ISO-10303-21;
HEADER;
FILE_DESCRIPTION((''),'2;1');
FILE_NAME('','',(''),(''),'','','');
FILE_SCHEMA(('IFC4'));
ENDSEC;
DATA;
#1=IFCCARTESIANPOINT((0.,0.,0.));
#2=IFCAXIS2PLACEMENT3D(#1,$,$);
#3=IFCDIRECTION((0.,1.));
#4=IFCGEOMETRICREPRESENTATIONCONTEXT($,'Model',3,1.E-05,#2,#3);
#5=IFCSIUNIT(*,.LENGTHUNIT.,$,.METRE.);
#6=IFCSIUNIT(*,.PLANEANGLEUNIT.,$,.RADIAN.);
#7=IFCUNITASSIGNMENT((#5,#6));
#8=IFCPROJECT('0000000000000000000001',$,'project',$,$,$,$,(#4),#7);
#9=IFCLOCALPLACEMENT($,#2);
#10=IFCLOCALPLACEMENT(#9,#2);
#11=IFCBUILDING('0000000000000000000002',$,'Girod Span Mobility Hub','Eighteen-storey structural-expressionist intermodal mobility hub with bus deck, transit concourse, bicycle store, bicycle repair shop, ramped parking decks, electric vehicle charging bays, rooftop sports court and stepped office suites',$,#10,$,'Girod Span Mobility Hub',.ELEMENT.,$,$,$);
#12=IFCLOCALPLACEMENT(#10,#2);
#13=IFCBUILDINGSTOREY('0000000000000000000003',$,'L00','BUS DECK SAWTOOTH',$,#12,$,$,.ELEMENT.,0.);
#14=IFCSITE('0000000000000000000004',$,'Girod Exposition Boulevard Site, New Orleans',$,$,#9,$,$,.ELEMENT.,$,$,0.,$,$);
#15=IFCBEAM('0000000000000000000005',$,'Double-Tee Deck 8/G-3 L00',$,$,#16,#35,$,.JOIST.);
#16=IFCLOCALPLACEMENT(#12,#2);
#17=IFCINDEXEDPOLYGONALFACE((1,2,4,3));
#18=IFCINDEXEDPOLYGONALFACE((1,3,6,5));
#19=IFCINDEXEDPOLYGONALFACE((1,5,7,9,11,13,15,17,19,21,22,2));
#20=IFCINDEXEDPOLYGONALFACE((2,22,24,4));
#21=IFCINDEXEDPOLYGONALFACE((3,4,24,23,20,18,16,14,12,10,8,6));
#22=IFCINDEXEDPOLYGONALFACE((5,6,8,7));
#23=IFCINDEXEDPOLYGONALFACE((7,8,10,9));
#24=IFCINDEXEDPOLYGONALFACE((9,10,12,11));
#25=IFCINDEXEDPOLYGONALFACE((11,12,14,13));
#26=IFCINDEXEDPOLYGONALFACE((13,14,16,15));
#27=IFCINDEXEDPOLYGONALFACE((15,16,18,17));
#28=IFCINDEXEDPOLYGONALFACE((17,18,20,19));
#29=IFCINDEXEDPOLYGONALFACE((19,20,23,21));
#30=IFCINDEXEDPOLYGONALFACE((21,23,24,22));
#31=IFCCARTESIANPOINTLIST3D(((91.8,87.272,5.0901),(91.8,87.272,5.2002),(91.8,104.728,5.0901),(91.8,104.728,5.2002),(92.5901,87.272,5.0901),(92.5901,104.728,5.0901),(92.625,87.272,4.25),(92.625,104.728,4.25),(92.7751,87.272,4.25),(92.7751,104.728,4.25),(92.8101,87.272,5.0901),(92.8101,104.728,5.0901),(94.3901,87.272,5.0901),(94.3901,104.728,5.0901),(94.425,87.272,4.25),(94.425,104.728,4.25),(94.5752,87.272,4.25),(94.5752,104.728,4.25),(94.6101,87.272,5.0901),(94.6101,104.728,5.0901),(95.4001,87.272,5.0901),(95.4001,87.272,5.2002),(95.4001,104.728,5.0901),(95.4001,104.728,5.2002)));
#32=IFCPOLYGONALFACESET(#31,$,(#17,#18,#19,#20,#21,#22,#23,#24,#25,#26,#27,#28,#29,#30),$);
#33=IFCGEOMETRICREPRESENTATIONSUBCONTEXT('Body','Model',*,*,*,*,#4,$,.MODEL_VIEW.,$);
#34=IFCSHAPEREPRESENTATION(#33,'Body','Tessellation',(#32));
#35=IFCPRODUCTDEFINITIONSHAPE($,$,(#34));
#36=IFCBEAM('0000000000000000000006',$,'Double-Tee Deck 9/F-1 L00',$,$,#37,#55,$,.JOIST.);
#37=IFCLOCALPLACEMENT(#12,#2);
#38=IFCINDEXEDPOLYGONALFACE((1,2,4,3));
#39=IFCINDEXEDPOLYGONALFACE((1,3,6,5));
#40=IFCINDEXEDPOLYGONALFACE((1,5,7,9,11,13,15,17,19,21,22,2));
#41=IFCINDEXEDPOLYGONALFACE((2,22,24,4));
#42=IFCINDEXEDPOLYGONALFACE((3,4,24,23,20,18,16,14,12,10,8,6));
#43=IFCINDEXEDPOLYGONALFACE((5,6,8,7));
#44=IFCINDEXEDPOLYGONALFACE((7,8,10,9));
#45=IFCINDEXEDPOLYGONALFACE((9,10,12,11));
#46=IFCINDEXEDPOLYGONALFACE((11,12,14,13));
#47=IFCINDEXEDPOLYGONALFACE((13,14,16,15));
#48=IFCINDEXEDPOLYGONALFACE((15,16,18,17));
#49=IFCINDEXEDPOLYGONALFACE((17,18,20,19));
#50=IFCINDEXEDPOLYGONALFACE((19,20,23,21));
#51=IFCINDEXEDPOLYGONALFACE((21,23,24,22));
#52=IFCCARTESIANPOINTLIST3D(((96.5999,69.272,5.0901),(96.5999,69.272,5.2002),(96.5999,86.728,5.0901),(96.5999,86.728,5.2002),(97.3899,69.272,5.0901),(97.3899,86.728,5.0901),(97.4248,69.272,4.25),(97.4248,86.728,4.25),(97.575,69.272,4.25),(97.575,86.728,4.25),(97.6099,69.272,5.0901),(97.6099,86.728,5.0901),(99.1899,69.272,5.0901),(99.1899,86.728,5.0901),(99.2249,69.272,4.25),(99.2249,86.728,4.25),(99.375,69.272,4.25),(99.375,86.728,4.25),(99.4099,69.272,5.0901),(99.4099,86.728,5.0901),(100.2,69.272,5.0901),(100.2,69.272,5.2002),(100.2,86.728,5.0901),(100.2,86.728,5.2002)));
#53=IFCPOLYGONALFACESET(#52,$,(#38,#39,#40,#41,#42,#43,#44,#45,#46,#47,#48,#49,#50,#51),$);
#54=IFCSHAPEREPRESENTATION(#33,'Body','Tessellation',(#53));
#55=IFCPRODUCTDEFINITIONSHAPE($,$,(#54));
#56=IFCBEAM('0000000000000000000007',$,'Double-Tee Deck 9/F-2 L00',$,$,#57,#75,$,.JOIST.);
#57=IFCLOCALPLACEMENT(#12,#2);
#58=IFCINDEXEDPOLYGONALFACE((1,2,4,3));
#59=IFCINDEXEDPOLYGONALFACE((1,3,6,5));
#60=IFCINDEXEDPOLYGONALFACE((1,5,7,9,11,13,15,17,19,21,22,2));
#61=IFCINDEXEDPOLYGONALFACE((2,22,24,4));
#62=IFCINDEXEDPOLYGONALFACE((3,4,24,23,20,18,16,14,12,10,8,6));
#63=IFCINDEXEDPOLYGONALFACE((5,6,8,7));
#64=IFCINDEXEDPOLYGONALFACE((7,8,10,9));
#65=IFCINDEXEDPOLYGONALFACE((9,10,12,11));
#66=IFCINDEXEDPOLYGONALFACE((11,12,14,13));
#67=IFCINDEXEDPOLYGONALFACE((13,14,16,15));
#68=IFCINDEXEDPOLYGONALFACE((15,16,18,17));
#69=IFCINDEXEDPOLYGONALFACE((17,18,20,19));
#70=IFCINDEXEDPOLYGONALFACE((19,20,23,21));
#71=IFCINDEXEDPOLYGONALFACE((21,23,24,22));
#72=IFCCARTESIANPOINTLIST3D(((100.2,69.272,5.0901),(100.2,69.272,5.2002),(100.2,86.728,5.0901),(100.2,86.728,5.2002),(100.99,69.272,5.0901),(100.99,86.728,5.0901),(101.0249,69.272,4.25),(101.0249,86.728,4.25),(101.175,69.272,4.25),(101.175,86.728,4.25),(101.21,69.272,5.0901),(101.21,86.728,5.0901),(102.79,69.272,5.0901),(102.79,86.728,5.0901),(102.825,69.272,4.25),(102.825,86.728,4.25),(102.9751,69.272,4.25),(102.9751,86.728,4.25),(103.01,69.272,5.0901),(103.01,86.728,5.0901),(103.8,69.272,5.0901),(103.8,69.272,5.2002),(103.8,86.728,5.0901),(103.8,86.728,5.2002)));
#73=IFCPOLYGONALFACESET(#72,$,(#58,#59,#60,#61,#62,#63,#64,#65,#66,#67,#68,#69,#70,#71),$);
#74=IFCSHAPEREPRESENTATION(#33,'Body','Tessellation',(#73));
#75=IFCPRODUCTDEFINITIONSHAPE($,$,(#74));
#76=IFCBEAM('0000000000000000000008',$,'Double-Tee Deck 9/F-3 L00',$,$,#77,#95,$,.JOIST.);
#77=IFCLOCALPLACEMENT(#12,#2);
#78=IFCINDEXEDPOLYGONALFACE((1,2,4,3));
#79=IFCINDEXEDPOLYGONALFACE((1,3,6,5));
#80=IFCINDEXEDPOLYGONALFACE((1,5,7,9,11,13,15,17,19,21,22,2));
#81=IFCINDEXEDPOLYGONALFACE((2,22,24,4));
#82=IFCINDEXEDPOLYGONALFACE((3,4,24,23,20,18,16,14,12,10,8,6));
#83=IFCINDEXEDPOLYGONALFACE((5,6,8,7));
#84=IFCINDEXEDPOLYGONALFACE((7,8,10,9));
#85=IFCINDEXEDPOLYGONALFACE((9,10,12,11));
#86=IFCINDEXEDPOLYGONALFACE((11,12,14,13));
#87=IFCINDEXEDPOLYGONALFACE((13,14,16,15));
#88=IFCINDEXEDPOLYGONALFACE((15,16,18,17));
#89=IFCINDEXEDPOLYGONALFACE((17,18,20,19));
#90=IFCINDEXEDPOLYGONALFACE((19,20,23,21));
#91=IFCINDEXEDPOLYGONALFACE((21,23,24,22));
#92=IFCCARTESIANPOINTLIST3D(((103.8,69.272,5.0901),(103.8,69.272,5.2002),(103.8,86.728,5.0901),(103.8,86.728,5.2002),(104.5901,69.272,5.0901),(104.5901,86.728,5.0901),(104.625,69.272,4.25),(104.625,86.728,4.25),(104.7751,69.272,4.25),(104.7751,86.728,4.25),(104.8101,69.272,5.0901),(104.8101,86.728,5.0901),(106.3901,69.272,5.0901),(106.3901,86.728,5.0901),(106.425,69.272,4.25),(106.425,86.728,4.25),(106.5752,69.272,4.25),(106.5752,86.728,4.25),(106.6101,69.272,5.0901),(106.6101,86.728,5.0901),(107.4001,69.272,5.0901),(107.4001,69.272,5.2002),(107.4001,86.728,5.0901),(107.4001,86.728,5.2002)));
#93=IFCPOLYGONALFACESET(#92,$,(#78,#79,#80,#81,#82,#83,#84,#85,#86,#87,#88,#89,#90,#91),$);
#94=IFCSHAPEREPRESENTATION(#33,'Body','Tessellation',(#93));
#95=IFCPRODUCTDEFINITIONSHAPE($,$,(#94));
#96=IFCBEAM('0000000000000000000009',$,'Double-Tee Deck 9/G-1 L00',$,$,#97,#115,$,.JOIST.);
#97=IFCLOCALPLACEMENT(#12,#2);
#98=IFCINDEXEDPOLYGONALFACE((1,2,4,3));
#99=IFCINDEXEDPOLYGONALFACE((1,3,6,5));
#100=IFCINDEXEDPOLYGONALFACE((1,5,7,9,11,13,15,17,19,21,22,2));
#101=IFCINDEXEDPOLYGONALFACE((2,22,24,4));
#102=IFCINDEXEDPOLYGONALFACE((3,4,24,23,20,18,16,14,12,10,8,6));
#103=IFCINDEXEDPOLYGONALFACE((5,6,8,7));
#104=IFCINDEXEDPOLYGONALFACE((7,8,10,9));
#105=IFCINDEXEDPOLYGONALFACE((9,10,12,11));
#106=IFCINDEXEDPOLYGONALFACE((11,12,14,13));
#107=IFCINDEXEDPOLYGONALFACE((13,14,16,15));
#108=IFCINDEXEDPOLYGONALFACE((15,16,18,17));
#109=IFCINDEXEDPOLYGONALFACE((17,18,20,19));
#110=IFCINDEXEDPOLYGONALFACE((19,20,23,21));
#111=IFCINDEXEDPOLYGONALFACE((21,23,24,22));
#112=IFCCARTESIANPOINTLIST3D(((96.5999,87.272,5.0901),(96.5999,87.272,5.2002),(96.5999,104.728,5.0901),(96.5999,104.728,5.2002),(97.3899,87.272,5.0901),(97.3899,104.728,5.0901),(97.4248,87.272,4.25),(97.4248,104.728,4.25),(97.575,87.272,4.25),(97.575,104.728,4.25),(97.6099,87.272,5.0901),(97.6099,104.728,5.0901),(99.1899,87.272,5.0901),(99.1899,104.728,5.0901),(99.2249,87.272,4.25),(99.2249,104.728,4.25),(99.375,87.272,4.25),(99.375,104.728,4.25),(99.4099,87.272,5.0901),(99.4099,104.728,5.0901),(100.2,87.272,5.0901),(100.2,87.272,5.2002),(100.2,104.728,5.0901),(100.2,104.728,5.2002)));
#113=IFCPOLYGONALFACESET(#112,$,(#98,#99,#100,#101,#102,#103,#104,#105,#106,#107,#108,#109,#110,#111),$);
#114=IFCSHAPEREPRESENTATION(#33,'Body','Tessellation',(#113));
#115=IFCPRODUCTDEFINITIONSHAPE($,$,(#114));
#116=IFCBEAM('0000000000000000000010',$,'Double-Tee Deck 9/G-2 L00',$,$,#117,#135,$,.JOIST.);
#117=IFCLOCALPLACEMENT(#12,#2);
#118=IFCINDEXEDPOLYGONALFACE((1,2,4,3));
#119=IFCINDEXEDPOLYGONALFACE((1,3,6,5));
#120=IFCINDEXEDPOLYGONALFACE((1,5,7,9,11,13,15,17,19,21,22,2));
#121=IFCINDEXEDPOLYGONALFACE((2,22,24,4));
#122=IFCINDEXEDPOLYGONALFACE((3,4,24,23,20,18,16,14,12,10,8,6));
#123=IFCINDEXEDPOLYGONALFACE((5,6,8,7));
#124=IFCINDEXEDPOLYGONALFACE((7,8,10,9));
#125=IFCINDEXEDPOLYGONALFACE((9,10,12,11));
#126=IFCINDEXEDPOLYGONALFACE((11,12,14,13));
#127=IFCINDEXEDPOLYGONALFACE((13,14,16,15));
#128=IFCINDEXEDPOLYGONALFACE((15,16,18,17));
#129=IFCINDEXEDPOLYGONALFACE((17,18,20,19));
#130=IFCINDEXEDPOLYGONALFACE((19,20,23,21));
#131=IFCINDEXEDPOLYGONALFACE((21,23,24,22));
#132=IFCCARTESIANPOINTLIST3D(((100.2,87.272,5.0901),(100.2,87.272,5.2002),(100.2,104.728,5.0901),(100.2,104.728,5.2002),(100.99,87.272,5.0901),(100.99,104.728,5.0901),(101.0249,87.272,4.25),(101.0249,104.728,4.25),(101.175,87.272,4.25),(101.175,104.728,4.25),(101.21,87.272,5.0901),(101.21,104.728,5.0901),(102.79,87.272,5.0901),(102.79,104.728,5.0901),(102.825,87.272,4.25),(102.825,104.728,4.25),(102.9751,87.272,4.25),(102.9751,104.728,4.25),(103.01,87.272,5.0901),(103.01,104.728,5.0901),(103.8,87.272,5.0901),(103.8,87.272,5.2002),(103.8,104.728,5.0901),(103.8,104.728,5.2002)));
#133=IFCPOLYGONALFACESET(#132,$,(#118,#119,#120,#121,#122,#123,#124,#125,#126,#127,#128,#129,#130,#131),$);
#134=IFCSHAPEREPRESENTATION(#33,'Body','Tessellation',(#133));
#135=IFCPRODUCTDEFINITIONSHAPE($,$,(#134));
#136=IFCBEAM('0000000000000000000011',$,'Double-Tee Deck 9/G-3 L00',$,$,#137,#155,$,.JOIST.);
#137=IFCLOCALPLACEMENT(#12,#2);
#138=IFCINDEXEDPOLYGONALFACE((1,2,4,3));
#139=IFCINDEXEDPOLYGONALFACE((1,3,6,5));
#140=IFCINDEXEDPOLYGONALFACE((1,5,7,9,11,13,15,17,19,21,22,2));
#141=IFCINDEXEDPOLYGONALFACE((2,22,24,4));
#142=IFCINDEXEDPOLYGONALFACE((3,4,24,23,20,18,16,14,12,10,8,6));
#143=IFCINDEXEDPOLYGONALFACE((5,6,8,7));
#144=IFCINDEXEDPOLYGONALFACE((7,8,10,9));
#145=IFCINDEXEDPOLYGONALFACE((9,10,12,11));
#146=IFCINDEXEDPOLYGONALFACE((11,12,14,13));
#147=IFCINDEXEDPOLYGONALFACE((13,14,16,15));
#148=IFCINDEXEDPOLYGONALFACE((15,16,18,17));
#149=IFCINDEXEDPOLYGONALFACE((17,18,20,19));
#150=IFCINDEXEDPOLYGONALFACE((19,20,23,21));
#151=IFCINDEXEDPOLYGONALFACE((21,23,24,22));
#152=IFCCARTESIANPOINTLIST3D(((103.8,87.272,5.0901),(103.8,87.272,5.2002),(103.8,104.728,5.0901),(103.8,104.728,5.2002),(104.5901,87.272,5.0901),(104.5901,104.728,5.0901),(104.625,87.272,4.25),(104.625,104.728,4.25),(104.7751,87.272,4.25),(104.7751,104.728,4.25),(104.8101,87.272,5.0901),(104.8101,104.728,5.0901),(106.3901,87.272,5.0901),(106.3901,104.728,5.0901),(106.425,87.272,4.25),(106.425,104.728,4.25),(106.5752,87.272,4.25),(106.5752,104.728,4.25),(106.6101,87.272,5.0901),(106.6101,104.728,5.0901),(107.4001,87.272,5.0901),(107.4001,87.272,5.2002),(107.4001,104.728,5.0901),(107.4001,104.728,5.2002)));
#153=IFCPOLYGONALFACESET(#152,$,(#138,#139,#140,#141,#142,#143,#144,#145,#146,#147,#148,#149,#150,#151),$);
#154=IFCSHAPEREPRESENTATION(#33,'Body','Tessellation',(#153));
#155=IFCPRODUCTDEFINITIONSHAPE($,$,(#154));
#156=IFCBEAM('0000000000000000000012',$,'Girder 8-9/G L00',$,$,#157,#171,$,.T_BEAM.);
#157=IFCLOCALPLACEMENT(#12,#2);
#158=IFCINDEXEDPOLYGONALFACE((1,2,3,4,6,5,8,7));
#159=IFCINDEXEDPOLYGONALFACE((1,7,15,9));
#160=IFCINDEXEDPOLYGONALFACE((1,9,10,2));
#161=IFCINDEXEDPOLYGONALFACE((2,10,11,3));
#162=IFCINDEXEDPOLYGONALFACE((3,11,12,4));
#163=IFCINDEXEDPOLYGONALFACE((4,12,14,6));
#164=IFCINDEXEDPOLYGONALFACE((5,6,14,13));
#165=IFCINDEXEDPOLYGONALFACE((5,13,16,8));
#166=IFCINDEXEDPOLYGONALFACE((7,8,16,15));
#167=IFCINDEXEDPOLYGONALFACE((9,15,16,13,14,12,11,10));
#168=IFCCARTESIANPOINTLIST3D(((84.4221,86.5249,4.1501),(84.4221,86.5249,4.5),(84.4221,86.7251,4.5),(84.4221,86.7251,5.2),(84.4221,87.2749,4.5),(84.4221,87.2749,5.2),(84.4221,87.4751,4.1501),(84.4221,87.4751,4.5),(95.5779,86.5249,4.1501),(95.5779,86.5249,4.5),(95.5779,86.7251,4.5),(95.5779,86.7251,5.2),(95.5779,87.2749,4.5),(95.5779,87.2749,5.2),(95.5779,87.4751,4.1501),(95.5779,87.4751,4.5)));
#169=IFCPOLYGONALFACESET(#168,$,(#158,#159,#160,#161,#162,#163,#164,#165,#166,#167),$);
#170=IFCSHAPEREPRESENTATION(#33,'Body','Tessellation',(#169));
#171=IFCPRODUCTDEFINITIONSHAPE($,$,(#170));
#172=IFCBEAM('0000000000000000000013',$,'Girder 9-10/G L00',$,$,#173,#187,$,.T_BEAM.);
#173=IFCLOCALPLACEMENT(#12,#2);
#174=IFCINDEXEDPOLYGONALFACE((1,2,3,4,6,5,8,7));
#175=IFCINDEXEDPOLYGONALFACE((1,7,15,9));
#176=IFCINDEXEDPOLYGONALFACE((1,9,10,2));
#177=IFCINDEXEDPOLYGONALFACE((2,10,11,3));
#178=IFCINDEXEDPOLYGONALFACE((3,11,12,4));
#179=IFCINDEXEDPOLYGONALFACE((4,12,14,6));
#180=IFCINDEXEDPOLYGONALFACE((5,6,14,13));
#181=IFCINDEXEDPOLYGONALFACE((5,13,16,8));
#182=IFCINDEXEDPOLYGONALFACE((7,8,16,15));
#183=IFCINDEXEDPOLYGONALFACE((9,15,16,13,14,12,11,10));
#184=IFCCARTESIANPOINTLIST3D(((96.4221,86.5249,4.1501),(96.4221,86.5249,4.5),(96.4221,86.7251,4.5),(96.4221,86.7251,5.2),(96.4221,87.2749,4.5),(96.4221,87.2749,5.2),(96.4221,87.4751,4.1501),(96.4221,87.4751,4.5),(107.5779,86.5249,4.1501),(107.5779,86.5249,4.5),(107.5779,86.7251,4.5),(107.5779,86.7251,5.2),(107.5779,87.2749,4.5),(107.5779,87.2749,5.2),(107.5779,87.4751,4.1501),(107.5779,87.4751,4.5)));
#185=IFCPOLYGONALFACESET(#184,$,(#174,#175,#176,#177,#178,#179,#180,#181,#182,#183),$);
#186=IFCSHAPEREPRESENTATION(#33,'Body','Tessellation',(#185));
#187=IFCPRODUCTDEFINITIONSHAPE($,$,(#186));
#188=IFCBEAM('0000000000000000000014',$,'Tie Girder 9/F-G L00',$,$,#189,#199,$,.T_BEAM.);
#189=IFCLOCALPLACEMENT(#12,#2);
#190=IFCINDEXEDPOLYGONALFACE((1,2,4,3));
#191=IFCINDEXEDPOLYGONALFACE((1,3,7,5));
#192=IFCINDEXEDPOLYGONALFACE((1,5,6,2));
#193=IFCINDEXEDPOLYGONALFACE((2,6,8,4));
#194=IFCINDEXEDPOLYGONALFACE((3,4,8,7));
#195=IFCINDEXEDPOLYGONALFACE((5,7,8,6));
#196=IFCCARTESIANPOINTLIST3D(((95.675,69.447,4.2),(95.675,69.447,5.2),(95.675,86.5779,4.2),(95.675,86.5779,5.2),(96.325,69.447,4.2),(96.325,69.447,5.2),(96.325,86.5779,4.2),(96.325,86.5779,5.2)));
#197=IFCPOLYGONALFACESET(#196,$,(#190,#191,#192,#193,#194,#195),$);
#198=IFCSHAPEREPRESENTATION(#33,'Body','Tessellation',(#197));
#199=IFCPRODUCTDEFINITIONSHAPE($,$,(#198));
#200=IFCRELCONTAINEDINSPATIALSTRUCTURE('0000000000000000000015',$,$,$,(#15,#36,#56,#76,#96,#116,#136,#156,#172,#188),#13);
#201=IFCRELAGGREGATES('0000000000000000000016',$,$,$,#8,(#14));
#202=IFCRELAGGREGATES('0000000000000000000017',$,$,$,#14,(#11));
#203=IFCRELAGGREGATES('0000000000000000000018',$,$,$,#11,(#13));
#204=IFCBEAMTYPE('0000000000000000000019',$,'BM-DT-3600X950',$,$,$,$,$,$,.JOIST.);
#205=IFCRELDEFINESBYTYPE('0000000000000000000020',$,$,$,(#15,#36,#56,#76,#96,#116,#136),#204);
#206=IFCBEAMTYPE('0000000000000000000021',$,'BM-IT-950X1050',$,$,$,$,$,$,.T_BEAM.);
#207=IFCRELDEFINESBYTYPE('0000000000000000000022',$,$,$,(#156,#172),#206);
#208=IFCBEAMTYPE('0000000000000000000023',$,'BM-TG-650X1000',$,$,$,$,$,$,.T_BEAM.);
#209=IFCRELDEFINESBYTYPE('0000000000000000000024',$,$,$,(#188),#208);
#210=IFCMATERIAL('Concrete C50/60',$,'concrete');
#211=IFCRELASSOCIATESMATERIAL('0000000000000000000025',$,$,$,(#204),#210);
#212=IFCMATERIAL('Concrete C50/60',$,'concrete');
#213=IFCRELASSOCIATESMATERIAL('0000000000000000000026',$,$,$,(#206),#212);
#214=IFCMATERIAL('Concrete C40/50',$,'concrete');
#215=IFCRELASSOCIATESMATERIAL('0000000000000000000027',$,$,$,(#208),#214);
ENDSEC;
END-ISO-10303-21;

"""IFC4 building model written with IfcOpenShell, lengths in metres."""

from ifc_helpers import new_model, si_unit, direction, frame, origin, origin_2d, place, context, subcontext, project, spatial, polyline, rectangle, outline, extrude, material, material_profile, profile_set, type_object, element, save


model = new_model("IFC4")

# Units and contexts
model_context = context("Model", 3, precision=1e-05, world=origin(), true_north=direction((0.0, 1.0)))
body_context = subcontext(model_context, "Body", "Model", "MODEL_VIEW")
ifc_project = project(units=[si_unit("LENGTHUNIT", "METRE"), si_unit("PLANEANGLEUNIT", "RADIAN")], contexts=[model_context])

# Site, building, storey
site_placement = place(None, origin())
site = spatial("IfcSite", under=ifc_project, at=site_placement, Name="Girod Exposition Boulevard Site, New Orleans", CompositionType="ELEMENT", RefElevation=0.0)
building_placement = place(site_placement, origin())
building = spatial("IfcBuilding", under=site, at=building_placement, Name="Girod Span Mobility Hub", Description="Eighteen-storey structural-expressionist intermodal mobility hub with bus deck, transit concourse, bicycle store, bicycle repair shop, ramped parking decks, electric vehicle charging bays, rooftop sports court and stepped office suites", LongName="Girod Span Mobility Hub", CompositionType="ELEMENT")
storey_placement = place(building_placement, origin())
storey = spatial("IfcBuildingStorey", under=building, at=storey_placement, Name="L00", Description="BUS DECK SAWTOOTH", CompositionType="ELEMENT", Elevation=0.0)

# Beams
ifc_material_1 = material(Name="Concrete C50/60", Category="concrete")
ifc_material_profile_1 = material_profile(ifc_material_1, outline(polyline([(-1.8, 0.4751), (-1.8, 0.365), (-1.01, 0.365), (-0.9751, -0.4751), (-0.825, -0.4751), (-0.79, 0.365), (0.79, 0.365), (0.825, -0.4751), (0.9751, -0.4751), (1.01, 0.365), (1.8, 0.365), (1.8, 0.4751), (-1.8, 0.4751)])), Name="DT-3600X950")
ifc_profile_set_1 = profile_set([ifc_material_profile_1], Name="Concrete C50/60")
beam_type_1 = type_object("IfcBeamType", Name="BM-DT-3600X950", PredefinedType="JOIST", material=ifc_profile_set_1)
for number, where, z_axis, x_axis, name in (
    (1, (93.6001, 87.272, 4.7251), (0.0, 1.0, 0.0), (-1.0, 0.0, 0.0), "Double-Tee Deck 8/G-3 L00"),
    (2, (98.3999, 69.272, 4.7251), (0.0, 1.0, 0.0), (-1.0, 0.0, 0.0), "Double-Tee Deck 9/F-1 L00"),
    (3, (102.0, 69.272, 4.7251), (0.0, 1.0, 0.0), (-1.0, 0.0, 0.0), "Double-Tee Deck 9/F-2 L00"),
    (4, (105.6001, 69.272, 4.7251), (0.0, 1.0, 0.0), (-1.0, 0.0, 0.0), "Double-Tee Deck 9/F-3 L00"),
    (5, (98.3999, 87.272, 4.7251), (0.0, 1.0, 0.0), (-1.0, 0.0, 0.0), "Double-Tee Deck 9/G-1 L00"),
    (6, (102.0, 87.272, 4.7251), (0.0, 1.0, 0.0), (-1.0, 0.0, 0.0), "Double-Tee Deck 9/G-2 L00"),
    (7, (105.6001, 87.272, 4.7251), (0.0, 1.0, 0.0), (-1.0, 0.0, 0.0), "Double-Tee Deck 9/G-3 L00"),
):
    element("IfcBeam", number, at=place(storey_placement, frame(where, z_axis=z_axis, x_axis=x_axis)), inside=storey, type_object=beam_type_1, Name=name, PredefinedType="JOIST", context=body_context, shape_type="SweptSolid", body=[
        extrude(outline(polyline([(-1.8, 0.4751), (-1.8, 0.365), (-1.01, 0.365), (-0.9751, -0.4751), (-0.825, -0.4751), (-0.79, 0.365), (0.79, 0.365), (0.825, -0.4751), (0.9751, -0.4751), (1.01, 0.365), (1.8, 0.365), (1.8, 0.4751), (-1.8, 0.4751)])), origin(), (0.0, 0.0, 1.0), 17.4561),
    ])
ifc_material_2 = material(Name="Concrete C50/60", Category="concrete")
ifc_material_profile_2 = material_profile(ifc_material_2, outline(polyline([(-0.4751, -0.5249), (0.4751, -0.5249), (0.4751, -0.175), (0.2749, -0.175), (0.2749, 0.5249), (-0.2749, 0.5249), (-0.2749, -0.175), (-0.4751, -0.175), (-0.4751, -0.5249)])), Name="IT-950X1050")
ifc_profile_set_2 = profile_set([ifc_material_profile_2], Name="Concrete C50/60")
beam_type_2 = type_object("IfcBeamType", Name="BM-IT-950X1050", PredefinedType="T_BEAM", material=ifc_profile_set_2)
for number, where, z_axis, x_axis, name in (
    (8, (84.4221, 87.0, 4.675), (1.0, 0.0, 0.0), (0.0, 1.0, 0.0), "Girder 8-9/G L00"),
    (9, (96.4221, 87.0, 4.675), (1.0, 0.0, 0.0), (0.0, 1.0, 0.0), "Girder 9-10/G L00"),
):
    element("IfcBeam", number, at=place(storey_placement, frame(where, z_axis=z_axis, x_axis=x_axis)), inside=storey, type_object=beam_type_2, Name=name, PredefinedType="T_BEAM", context=body_context, shape_type="SweptSolid", body=[
        extrude(outline(polyline([(-0.4751, -0.5249), (0.4751, -0.5249), (0.4751, -0.175), (0.2749, -0.175), (0.2749, 0.5249), (-0.2749, 0.5249), (-0.2749, -0.175), (-0.4751, -0.175), (-0.4751, -0.5249)])), origin(), (0.0, 0.0, 1.0), 11.1558),
    ])
ifc_material_3 = material(Name="Concrete C40/50", Category="concrete")
ifc_material_profile_3 = material_profile(ifc_material_3, rectangle(XDim=0.6499, YDim=1.0, at=origin_2d()), Name="TG-650X1000")
ifc_profile_set_3 = profile_set([ifc_material_profile_3], Name="Concrete C40/50")
beam_type_3 = type_object("IfcBeamType", Name="BM-TG-650X1000", PredefinedType="T_BEAM", material=ifc_profile_set_3)
beam_placement = place(storey_placement, frame((96.0, 69.447, 4.7), z_axis=(0.0, 1.0, 0.0), x_axis=(-1.0, 0.0, 0.0)))
element("IfcBeam", 10, at=beam_placement, inside=storey, type_object=beam_type_3, Name="Tie Girder 9/F-G L00", PredefinedType="T_BEAM", context=body_context, shape_type="SweptSolid", body=[
    extrude(rectangle(XDim=0.6499, YDim=1.0, at=origin_2d()), origin(), (0.0, 0.0, 1.0), 17.1309),
])

save(model, "model.ifc")
